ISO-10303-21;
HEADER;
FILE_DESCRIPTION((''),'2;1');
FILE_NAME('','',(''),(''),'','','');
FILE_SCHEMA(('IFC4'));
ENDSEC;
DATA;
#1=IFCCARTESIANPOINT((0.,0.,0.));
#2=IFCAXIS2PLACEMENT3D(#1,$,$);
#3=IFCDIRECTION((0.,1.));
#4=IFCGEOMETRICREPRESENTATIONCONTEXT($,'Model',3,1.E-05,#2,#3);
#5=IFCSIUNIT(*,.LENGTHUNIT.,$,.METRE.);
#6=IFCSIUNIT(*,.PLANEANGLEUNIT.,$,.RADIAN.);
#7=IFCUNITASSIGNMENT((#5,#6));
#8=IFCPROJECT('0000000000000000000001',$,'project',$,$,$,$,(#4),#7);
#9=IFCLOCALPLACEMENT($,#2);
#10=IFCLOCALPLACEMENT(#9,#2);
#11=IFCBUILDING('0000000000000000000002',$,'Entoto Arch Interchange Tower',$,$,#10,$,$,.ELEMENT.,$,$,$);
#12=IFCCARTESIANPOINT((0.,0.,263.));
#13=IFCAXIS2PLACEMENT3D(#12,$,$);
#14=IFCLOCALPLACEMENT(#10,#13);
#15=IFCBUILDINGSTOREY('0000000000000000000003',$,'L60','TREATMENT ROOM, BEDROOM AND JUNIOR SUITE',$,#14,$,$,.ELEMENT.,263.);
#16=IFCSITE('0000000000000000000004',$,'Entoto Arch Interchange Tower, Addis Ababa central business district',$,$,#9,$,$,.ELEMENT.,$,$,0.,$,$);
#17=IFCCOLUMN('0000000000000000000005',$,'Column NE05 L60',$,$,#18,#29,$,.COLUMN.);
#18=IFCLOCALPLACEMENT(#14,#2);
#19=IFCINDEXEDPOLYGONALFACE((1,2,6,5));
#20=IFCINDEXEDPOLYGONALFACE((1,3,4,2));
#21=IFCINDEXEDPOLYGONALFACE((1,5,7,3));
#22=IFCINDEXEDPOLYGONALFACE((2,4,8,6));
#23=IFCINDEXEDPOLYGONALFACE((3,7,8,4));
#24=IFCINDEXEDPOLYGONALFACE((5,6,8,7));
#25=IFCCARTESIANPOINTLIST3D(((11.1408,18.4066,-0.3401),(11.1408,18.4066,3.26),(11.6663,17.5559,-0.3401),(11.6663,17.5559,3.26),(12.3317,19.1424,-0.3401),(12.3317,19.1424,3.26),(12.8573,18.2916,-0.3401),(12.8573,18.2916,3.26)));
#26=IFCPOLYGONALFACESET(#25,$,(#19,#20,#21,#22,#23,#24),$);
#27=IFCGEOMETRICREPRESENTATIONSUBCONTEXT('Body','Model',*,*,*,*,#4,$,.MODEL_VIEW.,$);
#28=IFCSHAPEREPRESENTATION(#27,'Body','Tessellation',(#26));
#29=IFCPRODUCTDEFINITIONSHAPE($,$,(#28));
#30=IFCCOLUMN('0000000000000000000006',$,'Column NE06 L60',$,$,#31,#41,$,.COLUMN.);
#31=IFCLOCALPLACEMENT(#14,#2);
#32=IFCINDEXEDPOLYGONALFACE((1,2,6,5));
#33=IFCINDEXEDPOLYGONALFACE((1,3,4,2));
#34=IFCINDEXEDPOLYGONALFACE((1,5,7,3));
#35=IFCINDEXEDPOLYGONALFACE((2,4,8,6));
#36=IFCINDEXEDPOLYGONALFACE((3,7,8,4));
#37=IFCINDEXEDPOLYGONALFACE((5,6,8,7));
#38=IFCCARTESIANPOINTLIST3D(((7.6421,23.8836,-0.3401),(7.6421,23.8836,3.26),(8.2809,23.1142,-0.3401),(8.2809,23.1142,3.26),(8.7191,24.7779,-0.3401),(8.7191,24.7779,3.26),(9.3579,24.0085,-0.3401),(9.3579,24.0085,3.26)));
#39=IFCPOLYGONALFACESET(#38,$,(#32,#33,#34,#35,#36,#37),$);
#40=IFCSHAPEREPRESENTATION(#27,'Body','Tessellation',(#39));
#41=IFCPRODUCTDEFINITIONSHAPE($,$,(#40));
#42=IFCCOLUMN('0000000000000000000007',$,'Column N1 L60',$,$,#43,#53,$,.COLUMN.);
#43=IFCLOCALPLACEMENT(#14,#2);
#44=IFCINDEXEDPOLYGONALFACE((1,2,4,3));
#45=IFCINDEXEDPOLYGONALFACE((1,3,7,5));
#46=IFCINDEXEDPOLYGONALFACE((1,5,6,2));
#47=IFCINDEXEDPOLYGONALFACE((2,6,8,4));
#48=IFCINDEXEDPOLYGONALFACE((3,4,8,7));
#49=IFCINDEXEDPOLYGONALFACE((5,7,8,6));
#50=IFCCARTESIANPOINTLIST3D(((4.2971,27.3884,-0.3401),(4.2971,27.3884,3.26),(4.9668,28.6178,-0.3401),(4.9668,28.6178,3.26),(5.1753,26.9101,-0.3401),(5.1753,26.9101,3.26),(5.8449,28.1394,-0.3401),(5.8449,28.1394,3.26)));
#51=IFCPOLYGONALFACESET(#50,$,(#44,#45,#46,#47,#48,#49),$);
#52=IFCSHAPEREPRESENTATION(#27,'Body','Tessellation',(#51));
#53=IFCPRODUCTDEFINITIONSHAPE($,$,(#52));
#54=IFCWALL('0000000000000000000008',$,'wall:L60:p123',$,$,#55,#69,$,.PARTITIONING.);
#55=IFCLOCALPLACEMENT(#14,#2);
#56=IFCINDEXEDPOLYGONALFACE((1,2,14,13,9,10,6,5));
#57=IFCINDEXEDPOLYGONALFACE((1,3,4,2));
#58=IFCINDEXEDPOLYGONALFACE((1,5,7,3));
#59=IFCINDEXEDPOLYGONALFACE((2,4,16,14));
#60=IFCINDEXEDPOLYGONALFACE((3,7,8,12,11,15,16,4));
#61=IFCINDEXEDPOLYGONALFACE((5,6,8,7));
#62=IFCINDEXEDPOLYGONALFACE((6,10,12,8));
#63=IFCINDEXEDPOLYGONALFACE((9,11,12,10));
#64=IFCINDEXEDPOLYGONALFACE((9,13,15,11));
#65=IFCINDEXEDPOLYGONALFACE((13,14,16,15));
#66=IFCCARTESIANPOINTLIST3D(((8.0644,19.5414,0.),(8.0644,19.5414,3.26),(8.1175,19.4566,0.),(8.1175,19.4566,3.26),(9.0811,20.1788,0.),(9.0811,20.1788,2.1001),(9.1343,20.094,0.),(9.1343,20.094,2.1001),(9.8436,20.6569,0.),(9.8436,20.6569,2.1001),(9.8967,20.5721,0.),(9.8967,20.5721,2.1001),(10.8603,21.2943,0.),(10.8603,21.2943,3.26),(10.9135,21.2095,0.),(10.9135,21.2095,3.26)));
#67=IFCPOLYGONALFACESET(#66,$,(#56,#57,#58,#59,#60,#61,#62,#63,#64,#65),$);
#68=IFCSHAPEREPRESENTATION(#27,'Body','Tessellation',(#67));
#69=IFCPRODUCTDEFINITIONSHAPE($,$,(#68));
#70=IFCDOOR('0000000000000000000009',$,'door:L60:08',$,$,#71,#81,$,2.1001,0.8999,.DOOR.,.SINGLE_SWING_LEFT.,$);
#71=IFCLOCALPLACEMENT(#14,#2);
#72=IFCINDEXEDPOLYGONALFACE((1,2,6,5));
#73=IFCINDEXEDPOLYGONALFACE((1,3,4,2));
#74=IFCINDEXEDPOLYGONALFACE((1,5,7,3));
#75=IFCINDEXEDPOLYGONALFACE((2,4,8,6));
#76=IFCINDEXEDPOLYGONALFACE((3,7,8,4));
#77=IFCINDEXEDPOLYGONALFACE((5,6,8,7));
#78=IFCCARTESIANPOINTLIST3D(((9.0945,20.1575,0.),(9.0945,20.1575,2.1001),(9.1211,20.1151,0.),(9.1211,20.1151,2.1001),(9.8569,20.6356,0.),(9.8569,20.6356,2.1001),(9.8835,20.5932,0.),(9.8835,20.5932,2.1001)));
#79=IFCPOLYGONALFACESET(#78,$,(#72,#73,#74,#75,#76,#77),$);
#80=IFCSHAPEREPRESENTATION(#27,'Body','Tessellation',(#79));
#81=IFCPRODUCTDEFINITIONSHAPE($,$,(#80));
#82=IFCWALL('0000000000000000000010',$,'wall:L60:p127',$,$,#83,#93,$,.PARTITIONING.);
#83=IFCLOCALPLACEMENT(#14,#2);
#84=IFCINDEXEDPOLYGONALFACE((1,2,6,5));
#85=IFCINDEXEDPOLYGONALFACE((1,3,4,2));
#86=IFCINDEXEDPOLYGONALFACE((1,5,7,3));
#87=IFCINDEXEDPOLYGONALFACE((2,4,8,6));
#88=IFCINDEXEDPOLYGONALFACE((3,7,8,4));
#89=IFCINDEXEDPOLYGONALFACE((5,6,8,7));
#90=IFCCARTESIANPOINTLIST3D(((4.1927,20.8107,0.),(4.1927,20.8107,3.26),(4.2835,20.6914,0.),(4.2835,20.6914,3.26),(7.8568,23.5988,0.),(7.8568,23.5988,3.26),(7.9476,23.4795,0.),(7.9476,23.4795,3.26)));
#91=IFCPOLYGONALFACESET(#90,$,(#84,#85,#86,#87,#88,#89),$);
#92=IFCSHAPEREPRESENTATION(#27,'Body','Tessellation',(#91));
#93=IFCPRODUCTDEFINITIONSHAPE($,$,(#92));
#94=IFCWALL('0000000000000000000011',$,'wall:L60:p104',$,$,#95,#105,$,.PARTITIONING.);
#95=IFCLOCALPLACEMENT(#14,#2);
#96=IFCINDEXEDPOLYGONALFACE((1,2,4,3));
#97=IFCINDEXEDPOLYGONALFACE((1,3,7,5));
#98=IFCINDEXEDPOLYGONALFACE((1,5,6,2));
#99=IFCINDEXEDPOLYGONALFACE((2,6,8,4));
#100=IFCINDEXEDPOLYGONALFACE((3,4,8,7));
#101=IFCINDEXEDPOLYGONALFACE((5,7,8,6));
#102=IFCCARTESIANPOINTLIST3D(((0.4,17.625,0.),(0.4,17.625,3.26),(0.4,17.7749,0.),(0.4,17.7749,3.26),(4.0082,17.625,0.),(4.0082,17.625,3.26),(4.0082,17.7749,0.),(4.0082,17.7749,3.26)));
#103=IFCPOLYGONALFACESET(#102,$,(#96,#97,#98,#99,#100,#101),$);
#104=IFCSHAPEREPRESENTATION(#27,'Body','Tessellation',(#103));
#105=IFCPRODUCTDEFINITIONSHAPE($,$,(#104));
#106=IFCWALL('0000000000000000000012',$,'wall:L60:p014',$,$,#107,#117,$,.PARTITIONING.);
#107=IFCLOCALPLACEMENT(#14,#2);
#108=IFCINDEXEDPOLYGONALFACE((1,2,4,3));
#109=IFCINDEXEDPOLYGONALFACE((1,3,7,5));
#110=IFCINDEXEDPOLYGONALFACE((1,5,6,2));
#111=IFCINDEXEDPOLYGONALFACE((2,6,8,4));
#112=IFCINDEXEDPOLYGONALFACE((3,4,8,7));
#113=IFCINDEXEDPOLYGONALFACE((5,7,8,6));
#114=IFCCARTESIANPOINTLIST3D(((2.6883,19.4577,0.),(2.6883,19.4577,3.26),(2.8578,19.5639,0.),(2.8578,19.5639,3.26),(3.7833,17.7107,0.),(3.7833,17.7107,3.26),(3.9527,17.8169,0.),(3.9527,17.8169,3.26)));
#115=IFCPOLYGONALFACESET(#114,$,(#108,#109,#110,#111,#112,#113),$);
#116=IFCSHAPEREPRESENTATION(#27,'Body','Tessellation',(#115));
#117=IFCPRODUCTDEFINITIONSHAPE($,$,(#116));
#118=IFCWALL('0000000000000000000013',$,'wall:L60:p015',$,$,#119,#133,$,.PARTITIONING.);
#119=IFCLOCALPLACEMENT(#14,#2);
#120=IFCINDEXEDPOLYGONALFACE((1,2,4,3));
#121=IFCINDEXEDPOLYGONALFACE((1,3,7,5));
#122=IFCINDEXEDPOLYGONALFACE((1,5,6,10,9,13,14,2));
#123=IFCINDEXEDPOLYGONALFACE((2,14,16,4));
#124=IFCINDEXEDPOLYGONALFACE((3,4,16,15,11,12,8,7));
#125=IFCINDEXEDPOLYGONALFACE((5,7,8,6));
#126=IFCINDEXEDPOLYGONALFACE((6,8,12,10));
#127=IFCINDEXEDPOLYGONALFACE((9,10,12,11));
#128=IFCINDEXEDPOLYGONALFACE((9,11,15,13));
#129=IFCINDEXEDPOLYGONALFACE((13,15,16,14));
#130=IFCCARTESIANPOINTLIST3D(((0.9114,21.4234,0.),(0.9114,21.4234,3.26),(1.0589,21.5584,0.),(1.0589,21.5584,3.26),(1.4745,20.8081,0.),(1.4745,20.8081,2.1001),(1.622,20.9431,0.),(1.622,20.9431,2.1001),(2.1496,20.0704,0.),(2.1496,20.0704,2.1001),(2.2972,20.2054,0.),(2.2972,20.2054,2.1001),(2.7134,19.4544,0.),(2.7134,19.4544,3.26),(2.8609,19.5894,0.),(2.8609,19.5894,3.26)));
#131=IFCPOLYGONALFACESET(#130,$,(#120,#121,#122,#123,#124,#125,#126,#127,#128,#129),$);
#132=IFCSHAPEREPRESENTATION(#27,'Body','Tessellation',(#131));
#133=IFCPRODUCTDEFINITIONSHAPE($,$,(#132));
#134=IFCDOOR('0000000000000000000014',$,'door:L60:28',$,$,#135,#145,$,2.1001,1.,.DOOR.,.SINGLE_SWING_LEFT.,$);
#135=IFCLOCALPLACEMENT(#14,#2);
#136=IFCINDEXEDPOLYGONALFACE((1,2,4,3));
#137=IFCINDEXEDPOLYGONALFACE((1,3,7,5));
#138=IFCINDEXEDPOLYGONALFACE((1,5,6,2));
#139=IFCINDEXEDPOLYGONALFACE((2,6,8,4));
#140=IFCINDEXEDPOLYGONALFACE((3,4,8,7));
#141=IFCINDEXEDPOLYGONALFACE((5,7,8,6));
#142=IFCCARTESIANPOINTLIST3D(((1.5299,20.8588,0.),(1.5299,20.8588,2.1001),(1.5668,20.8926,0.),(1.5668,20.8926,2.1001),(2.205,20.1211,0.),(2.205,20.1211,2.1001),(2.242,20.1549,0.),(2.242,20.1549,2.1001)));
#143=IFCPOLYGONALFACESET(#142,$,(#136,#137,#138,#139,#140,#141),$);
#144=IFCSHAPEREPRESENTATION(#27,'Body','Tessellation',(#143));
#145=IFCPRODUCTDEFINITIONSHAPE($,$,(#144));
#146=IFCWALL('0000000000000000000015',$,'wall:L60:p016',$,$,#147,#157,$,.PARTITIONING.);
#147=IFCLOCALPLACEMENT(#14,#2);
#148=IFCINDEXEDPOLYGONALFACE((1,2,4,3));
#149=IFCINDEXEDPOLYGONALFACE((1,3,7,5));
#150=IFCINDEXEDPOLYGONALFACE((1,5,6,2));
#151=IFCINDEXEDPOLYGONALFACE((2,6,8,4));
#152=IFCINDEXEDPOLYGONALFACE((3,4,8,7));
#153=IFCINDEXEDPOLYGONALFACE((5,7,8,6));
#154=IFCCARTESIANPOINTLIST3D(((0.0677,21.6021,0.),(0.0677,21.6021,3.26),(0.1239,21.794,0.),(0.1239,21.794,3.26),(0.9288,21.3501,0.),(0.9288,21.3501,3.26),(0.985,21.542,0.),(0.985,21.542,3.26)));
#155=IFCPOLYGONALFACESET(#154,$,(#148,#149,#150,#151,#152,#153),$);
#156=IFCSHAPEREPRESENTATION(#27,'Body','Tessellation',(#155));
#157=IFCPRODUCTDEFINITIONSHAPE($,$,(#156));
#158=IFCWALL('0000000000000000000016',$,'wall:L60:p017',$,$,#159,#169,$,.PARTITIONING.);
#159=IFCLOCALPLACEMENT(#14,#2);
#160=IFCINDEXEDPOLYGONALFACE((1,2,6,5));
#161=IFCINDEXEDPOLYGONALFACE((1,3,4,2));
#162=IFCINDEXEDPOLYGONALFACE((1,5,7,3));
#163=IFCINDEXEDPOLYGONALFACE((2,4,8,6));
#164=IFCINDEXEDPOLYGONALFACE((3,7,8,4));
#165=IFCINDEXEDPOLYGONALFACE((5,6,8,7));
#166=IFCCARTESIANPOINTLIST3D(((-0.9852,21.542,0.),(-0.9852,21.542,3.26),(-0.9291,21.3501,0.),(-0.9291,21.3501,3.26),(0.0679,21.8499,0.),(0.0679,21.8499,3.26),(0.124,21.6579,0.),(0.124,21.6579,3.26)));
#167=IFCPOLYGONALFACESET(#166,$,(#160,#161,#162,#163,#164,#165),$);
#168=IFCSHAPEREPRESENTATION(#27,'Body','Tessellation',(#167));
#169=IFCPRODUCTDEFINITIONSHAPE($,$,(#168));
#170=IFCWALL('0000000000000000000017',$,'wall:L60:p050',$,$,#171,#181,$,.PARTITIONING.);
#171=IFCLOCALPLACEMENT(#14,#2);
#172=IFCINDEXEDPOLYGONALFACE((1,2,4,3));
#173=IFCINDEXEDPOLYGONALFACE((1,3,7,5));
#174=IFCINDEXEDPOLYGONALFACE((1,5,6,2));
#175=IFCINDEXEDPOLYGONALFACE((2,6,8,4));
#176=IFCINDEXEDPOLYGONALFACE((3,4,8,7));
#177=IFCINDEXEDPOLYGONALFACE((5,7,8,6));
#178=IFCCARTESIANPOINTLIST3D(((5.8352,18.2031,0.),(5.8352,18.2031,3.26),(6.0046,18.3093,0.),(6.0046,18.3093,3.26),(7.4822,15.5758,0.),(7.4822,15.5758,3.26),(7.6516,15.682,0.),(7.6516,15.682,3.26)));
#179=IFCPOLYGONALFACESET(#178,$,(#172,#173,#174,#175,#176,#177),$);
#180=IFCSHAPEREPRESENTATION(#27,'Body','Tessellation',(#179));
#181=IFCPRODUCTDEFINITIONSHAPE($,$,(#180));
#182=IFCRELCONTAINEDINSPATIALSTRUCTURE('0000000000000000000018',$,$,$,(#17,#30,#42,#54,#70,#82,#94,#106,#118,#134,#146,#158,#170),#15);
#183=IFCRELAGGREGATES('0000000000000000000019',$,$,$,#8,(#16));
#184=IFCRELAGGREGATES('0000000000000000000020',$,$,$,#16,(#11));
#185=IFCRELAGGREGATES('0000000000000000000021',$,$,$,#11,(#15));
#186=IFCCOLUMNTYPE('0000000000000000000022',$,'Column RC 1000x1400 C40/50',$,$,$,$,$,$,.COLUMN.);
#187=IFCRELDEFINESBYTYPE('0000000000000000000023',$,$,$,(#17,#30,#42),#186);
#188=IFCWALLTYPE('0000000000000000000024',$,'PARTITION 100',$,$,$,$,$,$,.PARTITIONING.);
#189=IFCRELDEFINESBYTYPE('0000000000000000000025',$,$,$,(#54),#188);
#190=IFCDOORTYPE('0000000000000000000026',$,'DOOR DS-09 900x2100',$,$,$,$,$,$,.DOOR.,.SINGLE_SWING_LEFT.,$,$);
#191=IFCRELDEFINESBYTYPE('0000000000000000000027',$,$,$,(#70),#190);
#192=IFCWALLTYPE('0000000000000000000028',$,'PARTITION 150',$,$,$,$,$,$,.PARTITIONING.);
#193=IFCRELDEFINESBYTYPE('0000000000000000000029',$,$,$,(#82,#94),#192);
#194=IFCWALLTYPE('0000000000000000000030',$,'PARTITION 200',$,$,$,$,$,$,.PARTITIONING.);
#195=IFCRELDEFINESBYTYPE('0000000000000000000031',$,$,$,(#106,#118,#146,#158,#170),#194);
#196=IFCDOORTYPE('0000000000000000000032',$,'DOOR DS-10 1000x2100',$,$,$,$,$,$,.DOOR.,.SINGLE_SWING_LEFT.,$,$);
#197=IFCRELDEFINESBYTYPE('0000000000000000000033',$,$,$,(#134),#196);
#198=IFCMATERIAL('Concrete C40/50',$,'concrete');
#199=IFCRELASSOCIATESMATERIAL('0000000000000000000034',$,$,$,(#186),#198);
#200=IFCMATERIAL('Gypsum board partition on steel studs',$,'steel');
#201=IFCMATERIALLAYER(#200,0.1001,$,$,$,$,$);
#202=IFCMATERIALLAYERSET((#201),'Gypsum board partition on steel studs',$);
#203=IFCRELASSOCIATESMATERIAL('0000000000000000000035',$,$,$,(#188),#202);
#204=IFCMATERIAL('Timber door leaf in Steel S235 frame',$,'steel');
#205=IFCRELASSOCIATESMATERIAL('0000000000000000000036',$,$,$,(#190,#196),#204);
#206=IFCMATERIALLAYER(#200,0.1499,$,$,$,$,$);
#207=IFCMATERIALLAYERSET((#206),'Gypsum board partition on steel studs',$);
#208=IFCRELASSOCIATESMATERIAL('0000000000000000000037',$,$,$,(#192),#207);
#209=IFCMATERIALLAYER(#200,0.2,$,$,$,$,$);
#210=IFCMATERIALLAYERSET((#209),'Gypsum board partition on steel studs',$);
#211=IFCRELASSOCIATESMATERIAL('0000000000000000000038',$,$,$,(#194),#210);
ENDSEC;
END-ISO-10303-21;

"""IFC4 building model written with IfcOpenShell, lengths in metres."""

from ifc_helpers import new_model, si_unit, direction, frame, frame_2d, origin, origin_2d, place, context, subcontext, project, spatial, rectangle, extrude, material, layer, layer_set, material_profile, profile_set, type_object, element, fill, save


model = new_model("IFC4")

# Units and contexts
model_context = context("Model", 3, precision=1e-05, world=origin(), true_north=direction((0.0, 1.0)))
body_context = subcontext(model_context, "Body", "Model", "MODEL_VIEW")
ifc_project = project(units=[si_unit("LENGTHUNIT", "METRE"), si_unit("PLANEANGLEUNIT", "RADIAN")], contexts=[model_context])

# Site, building, storey
site_placement = place(None, origin())
site = spatial("IfcSite", under=ifc_project, at=site_placement, Name="Entoto Arch Interchange Tower, Addis Ababa central business district", CompositionType="ELEMENT", RefElevation=0.0)
building_placement = place(site_placement, origin())
building = spatial("IfcBuilding", under=site, at=building_placement, Name="Entoto Arch Interchange Tower", CompositionType="ELEMENT")
storey_placement = place(building_placement, frame((0.0, 0.0, 263.0)))
storey = spatial("IfcBuildingStorey", under=building, at=storey_placement, Name="L60", Description="TREATMENT ROOM, BEDROOM AND JUNIOR SUITE", CompositionType="ELEMENT", Elevation=263.0)

# Columns
ifc_material_1 = material(Name="Concrete C40/50", Category="concrete")
ifc_material_profile = material_profile(ifc_material_1, rectangle(XDim=1.0, YDim=1.3999, at=origin_2d()))
ifc_profile_set = profile_set([ifc_material_profile], Name="Concrete C40/50")
column_type = type_object("IfcColumnType", Name="Column RC 1000x1400 C40/50", PredefinedType="COLUMN", material=ifc_profile_set)
for number, where, z_axis, x_axis, name in (
    (1, (11.999, 18.3491, -0.3401), (0.0, 0.0, 1.0), (-0.525576, 0.850747, 0.0), "Column NE05 L60"),
    (2, (8.5, 23.946, -0.3401), (0.0, 0.0, 1.0), (-0.638835, 0.769344, 0.0), "Column NE06 L60"),
    (3, (5.071, 27.7639, -0.3401), (0.0, 0.0, 1.0), (-0.878175, 0.478339, 0.0), "Column N1 L60"),
):
    element("IfcColumn", number, at=place(storey_placement, frame(where, z_axis=z_axis, x_axis=x_axis)), inside=storey, type_object=column_type, Name=name, PredefinedType="COLUMN", context=body_context, shape_type="SweptSolid", body=[
        extrude(rectangle(XDim=1.0, YDim=1.3999, at=origin_2d()), origin(), (0.0, 0.0, 1.0), 3.6001),
    ])

# Wall, opening, door
ifc_material_2 = material(Name="Gypsum board partition on steel studs", Category="steel")
ifc_layer_1 = layer(ifc_material_2, 0.1001)
ifc_layer_set_1 = layer_set([ifc_layer_1], Name="Gypsum board partition on steel studs")
wall_type_1 = type_object("IfcWallType", Name="PARTITION 100", PredefinedType="PARTITIONING", material=ifc_layer_set_1)
wall_1_placement = place(storey_placement, frame((8.0911, 19.499, 0.0), z_axis=(0.0, 0.0, 1.0), x_axis=(0.847249, 0.531195, 0.0)))
wall_1 = element("IfcWall", 4, at=wall_1_placement, inside=storey, type_object=wall_type_1, Name="wall:L60:p123", PredefinedType="PARTITIONING", context=body_context, shape_type="SweptSolid", body=[
    extrude(rectangle(XDim=3.3, YDim=0.1001, at=frame_2d((1.6499, 0.0))), origin(), (0.0, 0.0, 1.0), 3.26),
])
opening_1_placement = place(wall_1_placement, frame((1.2, 0.0, 0.0)))
opening_1 = element("IfcOpeningElement", 5, at=opening_1_placement, cuts=wall_1, PredefinedType="OPENING", context=body_context, shape_type="SweptSolid", body=[
    extrude(rectangle(XDim=0.8999, YDim=2.1001, at=frame_2d((0.45, 1.05))), frame((0.0, 0.0601, 0.0), z_axis=(0.0, -1.0, 0.0), x_axis=(1.0, 0.0, 0.0)), (0.0, 0.0, 1.0), 0.1201),
])
ifc_material_3 = material(Name="Timber door leaf in Steel S235 frame", Category="steel")
door_type_1 = type_object("IfcDoorType", Name="DOOR DS-09 900x2100", OperationType="SINGLE_SWING_LEFT", PredefinedType="DOOR", material=ifc_material_3)
door_1_placement = place(opening_1_placement, origin())
door_1 = element("IfcDoor", 6, at=door_1_placement, inside=storey, type_object=door_type_1, Name="door:L60:08", OperationType="SINGLE_SWING_LEFT", OverallHeight=2.1001, OverallWidth=0.8999, PredefinedType="DOOR", context=body_context, shape_type="SweptSolid", body=[
    extrude(rectangle(XDim=0.8999, YDim=2.1001, at=frame_2d((0.45, 1.05))), frame((0.0, 0.0249, 0.0), z_axis=(0.0, -1.0, 0.0), x_axis=(1.0, 0.0, 0.0)), (0.0, 0.0, 1.0), 0.05),
])
fill(opening_1, door_1)

# Walls
ifc_layer_2 = layer(ifc_material_2, 0.1499)
ifc_layer_set_2 = layer_set([ifc_layer_2], Name="Gypsum board partition on steel studs")
wall_type_2 = type_object("IfcWallType", Name="PARTITION 150", PredefinedType="PARTITIONING", material=ifc_layer_set_2)
wall_2_placement = place(storey_placement, frame((4.238, 20.751, 0.0), z_axis=(0.0, 0.0, 1.0), x_axis=(0.795806, 0.605551, 0.0)))
element("IfcWall", 7, at=wall_2_placement, inside=storey, type_object=wall_type_2, Name="wall:L60:p127", PredefinedType="PARTITIONING", context=body_context, shape_type="SweptSolid", body=[
    extrude(rectangle(XDim=4.6042, YDim=0.1499, at=frame_2d((2.3022, 0.0))), origin(), (0.0, 0.0, 1.0), 3.26),
])
wall_3_placement = place(storey_placement, frame((0.3999, 17.7, 0.0), z_axis=(0.0, 0.0, 1.0), x_axis=(1.0, 0.0, 0.0)))
element("IfcWall", 8, at=wall_3_placement, inside=storey, type_object=wall_type_2, Name="wall:L60:p104", PredefinedType="PARTITIONING", context=body_context, shape_type="SweptSolid", body=[
    extrude(rectangle(XDim=3.6082, YDim=0.1499, at=frame_2d((1.8042, 0.0))), origin(), (0.0, 0.0, 1.0), 3.26),
])
ifc_layer_3 = layer(ifc_material_2, 0.2)
ifc_layer_set_3 = layer_set([ifc_layer_3], Name="Gypsum board partition on steel studs")
wall_type_3 = type_object("IfcWallType", Name="PARTITION 200", PredefinedType="PARTITIONING", material=ifc_layer_set_3)
wall_4_placement = place(storey_placement, frame((3.8679, 17.7639, 0.0), z_axis=(0.0, 0.0, 1.0), x_axis=(-0.531063, 0.847332, 0.0)))
element("IfcWall", 9, at=wall_4_placement, inside=storey, type_object=wall_type_3, Name="wall:L60:p014", PredefinedType="PARTITIONING", context=body_context, shape_type="SweptSolid", body=[
    extrude(rectangle(XDim=2.0618, YDim=0.2, at=frame_2d((1.0308, 0.0))), origin(), (0.0, 0.0, 1.0), 3.26),
])

# Wall, opening, door
wall_5_placement = place(storey_placement, frame((2.7871, 19.522, 0.0), z_axis=(0.0, 0.0, 1.0), x_axis=(-0.675132, 0.737697, 0.0)))
wall_5 = element("IfcWall", 10, at=wall_5_placement, inside=storey, type_object=wall_type_3, Name="wall:L60:p015", PredefinedType="PARTITIONING", context=body_context, shape_type="SweptSolid", body=[
    extrude(rectangle(XDim=2.6692, YDim=0.2, at=frame_2d((1.3345, 0.0))), origin(), (0.0, 0.0, 1.0), 3.26),
])
opening_2_placement = place(wall_5_placement, frame((0.835, 0.0, 0.0)))
opening_2 = element("IfcOpeningElement", 11, at=opening_2_placement, cuts=wall_5, PredefinedType="OPENING", context=body_context, shape_type="SweptSolid", body=[
    extrude(rectangle(XDim=1.0, YDim=2.1001, at=frame_2d((0.5, 1.05))), frame((0.0, 0.1099, 0.0), z_axis=(0.0, -1.0, 0.0), x_axis=(1.0, 0.0, 0.0)), (0.0, 0.0, 1.0), 0.22),
])
door_type_2 = type_object("IfcDoorType", Name="DOOR DS-10 1000x2100", OperationType="SINGLE_SWING_LEFT", PredefinedType="DOOR", material=ifc_material_3)
door_2_placement = place(opening_2_placement, origin())
door_2 = element("IfcDoor", 12, at=door_2_placement, inside=storey, type_object=door_type_2, Name="door:L60:28", OperationType="SINGLE_SWING_LEFT", OverallHeight=2.1001, OverallWidth=1.0, PredefinedType="DOOR", context=body_context, shape_type="SweptSolid", body=[
    extrude(rectangle(XDim=1.0, YDim=2.1001, at=frame_2d((0.5, 1.05))), frame((0.0, 0.0249, 0.0), z_axis=(0.0, -1.0, 0.0), x_axis=(1.0, 0.0, 0.0)), (0.0, 0.0, 1.0), 0.05),
])
fill(opening_2, door_2)

# Walls
wall_6_placement = place(storey_placement, frame((0.957, 21.446, 0.0), z_axis=(0.0, 0.0, 1.0), x_axis=(-0.959759, 0.280825, 0.0)))
element("IfcWall", 13, at=wall_6_placement, inside=storey, type_object=wall_type_3, Name="wall:L60:p016", PredefinedType="PARTITIONING", context=body_context, shape_type="SweptSolid", body=[
    extrude(rectangle(XDim=0.8972, YDim=0.2, at=frame_2d((0.4487, 0.0))), origin(), (0.0, 0.0, 1.0), 3.26),
])
wall_7_placement = place(storey_placement, frame((0.0959, 21.7539, 0.0), z_axis=(0.0, 0.0, 1.0), x_axis=(-0.959818, -0.280624, 0.0)))
element("IfcWall", 14, at=wall_7_placement, inside=storey, type_object=wall_type_3, Name="wall:L60:p017", PredefinedType="PARTITIONING", context=body_context, shape_type="SweptSolid", body=[
    extrude(rectangle(XDim=1.0972, YDim=0.2, at=frame_2d((0.5486, 0.0))), origin(), (0.0, 0.0, 1.0), 3.26),
])
wall_8_placement = place(storey_placement, frame((5.9199, 18.2561, 0.0), z_axis=(0.0, 0.0, 1.0), x_axis=(0.531152, -0.847277, 0.0)))
element("IfcWall", 15, at=wall_8_placement, inside=storey, type_object=wall_type_3, Name="wall:L60:p050", PredefinedType="PARTITIONING", context=body_context, shape_type="SweptSolid", body=[
    extrude(rectangle(XDim=3.1008, YDim=0.2, at=frame_2d((1.5503, 0.0))), origin(), (0.0, 0.0, 1.0), 3.26),
])

save(model, "model.ifc")
